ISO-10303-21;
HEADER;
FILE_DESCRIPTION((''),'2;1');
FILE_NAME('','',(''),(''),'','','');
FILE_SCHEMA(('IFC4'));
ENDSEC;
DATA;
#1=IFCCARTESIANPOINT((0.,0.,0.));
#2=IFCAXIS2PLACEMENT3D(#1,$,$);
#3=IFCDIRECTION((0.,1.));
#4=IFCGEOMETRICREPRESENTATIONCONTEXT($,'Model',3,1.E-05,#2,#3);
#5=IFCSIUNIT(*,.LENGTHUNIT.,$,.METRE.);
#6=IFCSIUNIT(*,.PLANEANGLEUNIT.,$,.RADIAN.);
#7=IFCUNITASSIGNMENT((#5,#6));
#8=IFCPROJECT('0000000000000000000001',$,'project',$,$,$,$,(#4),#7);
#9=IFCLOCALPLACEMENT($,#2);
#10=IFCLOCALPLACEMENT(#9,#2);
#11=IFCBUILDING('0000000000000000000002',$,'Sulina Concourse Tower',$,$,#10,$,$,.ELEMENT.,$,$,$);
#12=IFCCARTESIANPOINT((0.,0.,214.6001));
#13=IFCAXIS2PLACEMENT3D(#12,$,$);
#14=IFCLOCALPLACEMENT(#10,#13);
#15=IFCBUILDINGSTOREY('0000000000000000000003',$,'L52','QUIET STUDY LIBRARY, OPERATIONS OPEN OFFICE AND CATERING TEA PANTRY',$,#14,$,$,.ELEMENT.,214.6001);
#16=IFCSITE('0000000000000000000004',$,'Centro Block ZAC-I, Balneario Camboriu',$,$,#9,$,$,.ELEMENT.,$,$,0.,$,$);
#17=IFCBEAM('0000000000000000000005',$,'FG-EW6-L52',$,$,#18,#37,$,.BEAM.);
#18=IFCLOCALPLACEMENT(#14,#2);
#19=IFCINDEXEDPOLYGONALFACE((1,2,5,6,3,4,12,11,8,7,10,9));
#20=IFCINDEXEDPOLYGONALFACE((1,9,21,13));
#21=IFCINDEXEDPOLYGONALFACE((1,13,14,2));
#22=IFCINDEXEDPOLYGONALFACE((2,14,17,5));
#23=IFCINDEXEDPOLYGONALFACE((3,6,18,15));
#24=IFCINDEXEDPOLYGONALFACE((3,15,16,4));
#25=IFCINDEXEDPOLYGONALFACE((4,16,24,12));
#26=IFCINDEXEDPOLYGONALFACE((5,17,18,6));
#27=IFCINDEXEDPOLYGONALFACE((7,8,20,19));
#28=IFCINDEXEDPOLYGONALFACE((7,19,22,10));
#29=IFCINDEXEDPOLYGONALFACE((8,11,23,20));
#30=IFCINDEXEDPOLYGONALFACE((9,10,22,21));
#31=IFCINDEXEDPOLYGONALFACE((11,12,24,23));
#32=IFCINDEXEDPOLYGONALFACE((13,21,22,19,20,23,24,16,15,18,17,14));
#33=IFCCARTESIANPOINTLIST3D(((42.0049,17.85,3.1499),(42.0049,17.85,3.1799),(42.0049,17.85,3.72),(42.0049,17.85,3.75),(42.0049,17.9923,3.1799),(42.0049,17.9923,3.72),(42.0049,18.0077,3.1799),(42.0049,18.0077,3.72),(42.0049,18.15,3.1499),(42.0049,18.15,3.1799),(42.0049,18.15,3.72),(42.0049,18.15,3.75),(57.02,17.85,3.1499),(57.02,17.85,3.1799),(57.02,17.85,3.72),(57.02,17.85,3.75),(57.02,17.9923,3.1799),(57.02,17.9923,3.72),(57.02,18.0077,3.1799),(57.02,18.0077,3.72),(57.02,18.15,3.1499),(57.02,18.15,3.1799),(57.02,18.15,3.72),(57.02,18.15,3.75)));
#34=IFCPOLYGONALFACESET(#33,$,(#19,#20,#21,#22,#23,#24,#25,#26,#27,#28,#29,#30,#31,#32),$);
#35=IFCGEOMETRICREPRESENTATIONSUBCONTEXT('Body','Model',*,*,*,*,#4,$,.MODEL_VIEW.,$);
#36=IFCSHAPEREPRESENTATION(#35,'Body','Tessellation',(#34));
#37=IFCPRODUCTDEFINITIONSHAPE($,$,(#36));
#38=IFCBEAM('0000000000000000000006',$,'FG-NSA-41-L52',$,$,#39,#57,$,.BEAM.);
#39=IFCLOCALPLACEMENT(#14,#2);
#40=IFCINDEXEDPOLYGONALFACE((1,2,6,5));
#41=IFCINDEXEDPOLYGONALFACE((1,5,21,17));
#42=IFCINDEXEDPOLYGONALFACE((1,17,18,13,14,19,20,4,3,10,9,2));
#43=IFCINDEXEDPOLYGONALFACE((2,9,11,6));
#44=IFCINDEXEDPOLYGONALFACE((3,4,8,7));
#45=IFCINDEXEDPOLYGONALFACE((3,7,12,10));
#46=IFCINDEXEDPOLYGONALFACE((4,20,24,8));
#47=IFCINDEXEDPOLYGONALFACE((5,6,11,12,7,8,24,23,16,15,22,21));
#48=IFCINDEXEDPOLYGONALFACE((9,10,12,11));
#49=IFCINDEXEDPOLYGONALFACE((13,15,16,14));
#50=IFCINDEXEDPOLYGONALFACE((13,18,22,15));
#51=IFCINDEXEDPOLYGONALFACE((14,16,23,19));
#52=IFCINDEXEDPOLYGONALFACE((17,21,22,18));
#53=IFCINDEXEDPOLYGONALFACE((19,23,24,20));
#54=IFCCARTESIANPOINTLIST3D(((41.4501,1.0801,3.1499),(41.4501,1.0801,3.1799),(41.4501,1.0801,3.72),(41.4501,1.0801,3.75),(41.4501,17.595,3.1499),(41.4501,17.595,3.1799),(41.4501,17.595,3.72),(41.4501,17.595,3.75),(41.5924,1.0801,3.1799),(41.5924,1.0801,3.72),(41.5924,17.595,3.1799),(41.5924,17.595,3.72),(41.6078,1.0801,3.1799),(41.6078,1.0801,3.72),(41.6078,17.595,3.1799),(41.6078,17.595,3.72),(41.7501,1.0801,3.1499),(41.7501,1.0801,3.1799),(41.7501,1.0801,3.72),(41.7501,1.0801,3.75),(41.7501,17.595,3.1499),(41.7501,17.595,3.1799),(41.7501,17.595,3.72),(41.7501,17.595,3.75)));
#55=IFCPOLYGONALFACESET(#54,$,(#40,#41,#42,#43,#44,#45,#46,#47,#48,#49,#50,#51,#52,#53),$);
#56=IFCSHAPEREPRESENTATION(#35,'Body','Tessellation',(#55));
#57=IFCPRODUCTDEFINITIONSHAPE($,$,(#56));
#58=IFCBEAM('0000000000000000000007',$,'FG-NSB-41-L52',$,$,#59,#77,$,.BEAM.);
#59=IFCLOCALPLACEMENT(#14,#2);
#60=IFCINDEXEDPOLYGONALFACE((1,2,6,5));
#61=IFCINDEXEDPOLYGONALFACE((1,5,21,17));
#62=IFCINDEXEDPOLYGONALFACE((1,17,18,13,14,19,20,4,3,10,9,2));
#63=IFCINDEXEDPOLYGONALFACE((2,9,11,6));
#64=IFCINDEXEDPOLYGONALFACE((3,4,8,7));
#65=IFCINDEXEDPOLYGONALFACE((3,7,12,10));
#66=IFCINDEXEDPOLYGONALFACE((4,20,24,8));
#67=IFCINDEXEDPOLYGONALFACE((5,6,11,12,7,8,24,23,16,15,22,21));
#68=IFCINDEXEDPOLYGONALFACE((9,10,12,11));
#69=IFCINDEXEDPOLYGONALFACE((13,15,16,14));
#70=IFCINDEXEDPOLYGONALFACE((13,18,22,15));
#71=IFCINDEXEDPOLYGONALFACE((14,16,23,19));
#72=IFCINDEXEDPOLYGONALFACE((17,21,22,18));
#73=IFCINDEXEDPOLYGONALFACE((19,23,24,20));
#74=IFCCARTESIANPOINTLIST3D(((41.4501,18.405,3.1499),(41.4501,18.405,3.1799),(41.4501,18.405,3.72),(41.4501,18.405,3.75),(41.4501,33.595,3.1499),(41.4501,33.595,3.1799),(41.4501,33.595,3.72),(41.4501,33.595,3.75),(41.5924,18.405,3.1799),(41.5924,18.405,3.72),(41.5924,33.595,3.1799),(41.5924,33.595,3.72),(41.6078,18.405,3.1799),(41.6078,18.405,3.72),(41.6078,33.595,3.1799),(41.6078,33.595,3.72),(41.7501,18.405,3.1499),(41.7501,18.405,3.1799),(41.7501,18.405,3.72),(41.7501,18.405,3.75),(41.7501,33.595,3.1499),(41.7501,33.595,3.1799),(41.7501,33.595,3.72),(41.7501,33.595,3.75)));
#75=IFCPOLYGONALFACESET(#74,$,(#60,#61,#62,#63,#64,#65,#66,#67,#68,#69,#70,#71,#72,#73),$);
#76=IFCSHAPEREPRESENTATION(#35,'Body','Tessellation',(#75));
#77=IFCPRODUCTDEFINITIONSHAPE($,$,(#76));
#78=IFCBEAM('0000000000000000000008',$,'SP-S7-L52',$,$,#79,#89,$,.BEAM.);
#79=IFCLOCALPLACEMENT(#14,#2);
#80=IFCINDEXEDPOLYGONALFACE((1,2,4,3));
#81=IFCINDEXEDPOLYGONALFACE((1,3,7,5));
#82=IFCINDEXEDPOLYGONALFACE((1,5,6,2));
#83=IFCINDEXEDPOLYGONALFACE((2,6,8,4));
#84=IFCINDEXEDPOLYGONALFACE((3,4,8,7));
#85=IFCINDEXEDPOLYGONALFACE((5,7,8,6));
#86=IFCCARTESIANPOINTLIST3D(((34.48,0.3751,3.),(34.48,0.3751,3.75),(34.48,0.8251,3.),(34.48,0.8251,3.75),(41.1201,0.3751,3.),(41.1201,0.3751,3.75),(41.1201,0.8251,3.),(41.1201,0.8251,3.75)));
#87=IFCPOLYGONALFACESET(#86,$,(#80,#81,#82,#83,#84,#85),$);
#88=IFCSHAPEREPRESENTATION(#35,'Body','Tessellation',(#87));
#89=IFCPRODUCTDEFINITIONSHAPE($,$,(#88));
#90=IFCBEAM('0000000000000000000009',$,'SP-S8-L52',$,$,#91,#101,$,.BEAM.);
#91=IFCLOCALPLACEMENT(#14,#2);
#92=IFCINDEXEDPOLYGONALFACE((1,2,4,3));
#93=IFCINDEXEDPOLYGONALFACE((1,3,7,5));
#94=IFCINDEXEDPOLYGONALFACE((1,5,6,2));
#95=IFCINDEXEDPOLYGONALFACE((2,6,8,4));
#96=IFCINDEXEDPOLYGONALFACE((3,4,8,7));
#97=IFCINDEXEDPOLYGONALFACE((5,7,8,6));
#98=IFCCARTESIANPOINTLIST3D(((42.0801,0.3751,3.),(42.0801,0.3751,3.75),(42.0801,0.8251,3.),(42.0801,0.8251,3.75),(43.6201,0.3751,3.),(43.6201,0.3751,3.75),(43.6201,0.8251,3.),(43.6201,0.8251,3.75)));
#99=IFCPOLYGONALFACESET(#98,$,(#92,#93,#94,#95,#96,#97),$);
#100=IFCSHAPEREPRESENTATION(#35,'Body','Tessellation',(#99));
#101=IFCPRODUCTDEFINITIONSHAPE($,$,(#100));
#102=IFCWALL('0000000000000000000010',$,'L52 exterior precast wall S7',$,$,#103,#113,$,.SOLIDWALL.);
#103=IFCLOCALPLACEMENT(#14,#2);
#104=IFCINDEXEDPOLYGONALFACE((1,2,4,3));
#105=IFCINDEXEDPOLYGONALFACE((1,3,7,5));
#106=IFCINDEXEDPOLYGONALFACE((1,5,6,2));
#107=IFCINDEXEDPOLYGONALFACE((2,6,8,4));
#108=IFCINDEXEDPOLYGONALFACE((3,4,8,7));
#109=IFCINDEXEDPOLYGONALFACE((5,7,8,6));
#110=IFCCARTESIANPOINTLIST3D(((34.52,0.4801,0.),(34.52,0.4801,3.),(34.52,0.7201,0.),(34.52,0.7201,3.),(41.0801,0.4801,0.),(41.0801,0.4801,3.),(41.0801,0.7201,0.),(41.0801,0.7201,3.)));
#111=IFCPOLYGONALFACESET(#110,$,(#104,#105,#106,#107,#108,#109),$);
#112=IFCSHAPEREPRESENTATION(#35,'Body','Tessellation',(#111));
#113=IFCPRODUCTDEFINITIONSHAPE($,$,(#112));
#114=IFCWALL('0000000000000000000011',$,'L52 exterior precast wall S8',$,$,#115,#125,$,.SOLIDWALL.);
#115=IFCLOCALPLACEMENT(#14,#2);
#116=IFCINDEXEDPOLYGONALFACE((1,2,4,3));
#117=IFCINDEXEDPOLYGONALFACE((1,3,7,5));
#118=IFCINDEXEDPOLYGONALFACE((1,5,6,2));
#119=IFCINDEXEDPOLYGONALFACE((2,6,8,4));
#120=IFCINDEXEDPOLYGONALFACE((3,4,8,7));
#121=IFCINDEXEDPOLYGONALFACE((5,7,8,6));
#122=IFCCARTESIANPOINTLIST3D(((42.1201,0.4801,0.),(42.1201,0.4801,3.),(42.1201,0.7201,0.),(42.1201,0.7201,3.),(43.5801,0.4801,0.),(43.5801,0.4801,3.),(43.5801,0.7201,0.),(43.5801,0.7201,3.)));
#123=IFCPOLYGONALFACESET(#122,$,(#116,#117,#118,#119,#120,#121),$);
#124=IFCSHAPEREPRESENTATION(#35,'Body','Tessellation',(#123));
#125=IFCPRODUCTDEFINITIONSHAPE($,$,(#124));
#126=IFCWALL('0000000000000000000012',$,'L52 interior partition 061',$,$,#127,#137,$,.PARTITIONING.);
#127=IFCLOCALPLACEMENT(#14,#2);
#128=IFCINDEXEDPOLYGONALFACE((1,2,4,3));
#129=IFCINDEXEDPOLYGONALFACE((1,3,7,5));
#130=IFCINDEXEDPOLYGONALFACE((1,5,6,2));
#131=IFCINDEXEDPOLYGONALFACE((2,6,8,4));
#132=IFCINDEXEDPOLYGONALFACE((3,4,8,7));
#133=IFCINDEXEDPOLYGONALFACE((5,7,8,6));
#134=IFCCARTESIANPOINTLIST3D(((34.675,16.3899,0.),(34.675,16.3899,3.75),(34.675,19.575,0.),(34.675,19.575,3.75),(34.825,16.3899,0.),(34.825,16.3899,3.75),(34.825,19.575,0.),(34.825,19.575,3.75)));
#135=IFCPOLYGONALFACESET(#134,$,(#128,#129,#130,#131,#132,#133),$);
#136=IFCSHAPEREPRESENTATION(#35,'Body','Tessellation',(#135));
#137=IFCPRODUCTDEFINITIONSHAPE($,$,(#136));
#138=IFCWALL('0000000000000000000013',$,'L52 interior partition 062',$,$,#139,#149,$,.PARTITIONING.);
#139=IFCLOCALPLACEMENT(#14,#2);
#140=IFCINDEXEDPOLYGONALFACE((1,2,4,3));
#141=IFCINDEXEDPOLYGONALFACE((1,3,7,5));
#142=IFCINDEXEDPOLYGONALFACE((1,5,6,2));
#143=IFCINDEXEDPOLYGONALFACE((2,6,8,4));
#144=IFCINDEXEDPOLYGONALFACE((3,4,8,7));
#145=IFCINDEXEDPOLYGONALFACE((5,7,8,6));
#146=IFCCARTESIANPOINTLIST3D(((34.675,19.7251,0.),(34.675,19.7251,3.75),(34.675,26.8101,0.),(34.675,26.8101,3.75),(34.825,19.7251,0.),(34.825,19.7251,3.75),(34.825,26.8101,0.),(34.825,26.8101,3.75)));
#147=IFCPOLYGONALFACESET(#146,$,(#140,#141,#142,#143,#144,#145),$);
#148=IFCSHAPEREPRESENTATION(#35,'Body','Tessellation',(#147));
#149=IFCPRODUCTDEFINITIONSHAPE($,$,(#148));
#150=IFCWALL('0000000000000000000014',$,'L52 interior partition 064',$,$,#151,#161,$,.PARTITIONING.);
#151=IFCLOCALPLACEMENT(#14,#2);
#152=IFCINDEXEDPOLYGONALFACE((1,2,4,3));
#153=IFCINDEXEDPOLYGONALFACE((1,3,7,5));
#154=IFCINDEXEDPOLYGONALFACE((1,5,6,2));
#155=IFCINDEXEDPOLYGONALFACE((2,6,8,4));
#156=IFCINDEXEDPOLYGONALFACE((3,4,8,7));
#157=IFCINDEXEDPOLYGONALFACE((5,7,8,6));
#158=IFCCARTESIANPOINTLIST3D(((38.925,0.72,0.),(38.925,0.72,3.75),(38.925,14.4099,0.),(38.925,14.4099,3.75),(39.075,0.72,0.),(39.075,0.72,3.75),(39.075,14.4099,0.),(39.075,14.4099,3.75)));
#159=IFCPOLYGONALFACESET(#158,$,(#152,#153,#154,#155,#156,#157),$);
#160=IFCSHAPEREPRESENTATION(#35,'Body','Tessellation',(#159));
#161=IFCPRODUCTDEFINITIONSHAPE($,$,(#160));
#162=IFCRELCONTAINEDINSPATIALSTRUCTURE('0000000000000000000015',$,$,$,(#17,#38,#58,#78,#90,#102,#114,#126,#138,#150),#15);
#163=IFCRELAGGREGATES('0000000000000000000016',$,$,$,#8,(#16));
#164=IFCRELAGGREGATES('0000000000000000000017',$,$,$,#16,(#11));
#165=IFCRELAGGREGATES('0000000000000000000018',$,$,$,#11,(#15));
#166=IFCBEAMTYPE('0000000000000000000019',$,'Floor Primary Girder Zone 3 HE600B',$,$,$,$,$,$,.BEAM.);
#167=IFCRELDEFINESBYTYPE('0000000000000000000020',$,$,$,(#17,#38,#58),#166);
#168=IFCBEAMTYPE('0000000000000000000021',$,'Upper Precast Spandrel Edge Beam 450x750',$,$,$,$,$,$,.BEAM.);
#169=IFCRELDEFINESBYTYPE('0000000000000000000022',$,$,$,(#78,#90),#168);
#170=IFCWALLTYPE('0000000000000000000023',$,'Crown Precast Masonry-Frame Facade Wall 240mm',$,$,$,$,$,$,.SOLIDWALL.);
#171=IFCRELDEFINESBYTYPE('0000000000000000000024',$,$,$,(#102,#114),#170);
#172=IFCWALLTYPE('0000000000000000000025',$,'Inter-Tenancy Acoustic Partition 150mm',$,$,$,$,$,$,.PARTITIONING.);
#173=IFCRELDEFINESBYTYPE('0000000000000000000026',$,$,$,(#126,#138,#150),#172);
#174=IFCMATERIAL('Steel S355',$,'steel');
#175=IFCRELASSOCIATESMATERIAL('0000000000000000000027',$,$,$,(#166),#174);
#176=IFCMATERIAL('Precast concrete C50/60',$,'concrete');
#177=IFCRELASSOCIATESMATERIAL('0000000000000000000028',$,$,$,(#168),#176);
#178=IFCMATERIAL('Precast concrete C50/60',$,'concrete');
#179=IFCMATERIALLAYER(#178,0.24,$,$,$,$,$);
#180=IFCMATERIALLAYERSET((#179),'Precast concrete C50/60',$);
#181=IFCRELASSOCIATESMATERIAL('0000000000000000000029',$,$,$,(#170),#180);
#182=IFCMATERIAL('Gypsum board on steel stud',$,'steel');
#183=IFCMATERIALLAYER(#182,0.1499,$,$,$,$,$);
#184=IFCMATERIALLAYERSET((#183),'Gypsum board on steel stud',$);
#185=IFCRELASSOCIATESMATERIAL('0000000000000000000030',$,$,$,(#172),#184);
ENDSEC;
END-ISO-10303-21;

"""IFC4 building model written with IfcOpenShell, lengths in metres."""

from ifc_helpers import new_model, si_unit, direction, frame, frame_2d, origin, origin_2d, place, context, subcontext, project, spatial, rectangle, i_section, extrude, material, layer, layer_set, material_profile, profile_set, type_object, element, save


model = new_model("IFC4")

# Units and contexts
model_context = context("Model", 3, precision=1e-05, world=origin(), true_north=direction((0.0, 1.0)))
body_context = subcontext(model_context, "Body", "Model", "MODEL_VIEW")
ifc_project = project(units=[si_unit("LENGTHUNIT", "METRE"), si_unit("PLANEANGLEUNIT", "RADIAN")], contexts=[model_context])

# Site, building, storey
site_placement = place(None, origin())
site = spatial("IfcSite", under=ifc_project, at=site_placement, Name="Centro Block ZAC-I, Balneario Camboriu", CompositionType="ELEMENT", RefElevation=0.0)
building_placement = place(site_placement, origin())
building = spatial("IfcBuilding", under=site, at=building_placement, Name="Sulina Concourse Tower", CompositionType="ELEMENT")
storey_placement = place(building_placement, frame((0.0, 0.0, 214.6001)))
storey = spatial("IfcBuildingStorey", under=building, at=storey_placement, Name="L52", Description="QUIET STUDY LIBRARY, OPERATIONS OPEN OFFICE AND CATERING TEA PANTRY", CompositionType="ELEMENT", Elevation=214.6001)

# Beams
ifc_material_1 = material(Name="Steel S355", Category="steel")
ifc_material_profile_1 = material_profile(ifc_material_1, i_section(OverallWidth=0.3, OverallDepth=0.6001, WebThickness=0.0154, FlangeThickness=0.03, at=origin_2d()), Name="HE 600 B")
ifc_profile_set_1 = profile_set([ifc_material_profile_1], Name="Steel S355")
beam_type_1 = type_object("IfcBeamType", Name="Floor Primary Girder Zone 3 HE600B", PredefinedType="BEAM", material=ifc_profile_set_1)
beam_1_placement = place(storey_placement, frame((42.0049, 18.0, 3.45), z_axis=(1.0, 0.0, 0.0), x_axis=(0.0, 1.0, 0.0)))
element("IfcBeam", 1, at=beam_1_placement, inside=storey, type_object=beam_type_1, Name="FG-EW6-L52", PredefinedType="BEAM", context=body_context, shape_type="SweptSolid", body=[
    extrude(i_section(OverallWidth=0.3, OverallDepth=0.6001, WebThickness=0.0154, FlangeThickness=0.03, at=origin_2d()), origin(), (0.0, 0.0, 1.0), 15.0151),
])
beam_2_placement = place(storey_placement, frame((41.6001, 1.0801, 3.45), z_axis=(0.0, 1.0, 0.0), x_axis=(-1.0, 0.0, 0.0)))
element("IfcBeam", 2, at=beam_2_placement, inside=storey, type_object=beam_type_1, Name="FG-NSA-41-L52", PredefinedType="BEAM", context=body_context, shape_type="SweptSolid", body=[
    extrude(i_section(OverallWidth=0.3, OverallDepth=0.6001, WebThickness=0.0154, FlangeThickness=0.03, at=origin_2d()), origin(), (0.0, 0.0, 1.0), 16.5149),
])
beam_3_placement = place(storey_placement, frame((41.6001, 18.405, 3.45), z_axis=(0.0, 1.0, 0.0), x_axis=(-1.0, 0.0, 0.0)))
element("IfcBeam", 3, at=beam_3_placement, inside=storey, type_object=beam_type_1, Name="FG-NSB-41-L52", PredefinedType="BEAM", context=body_context, shape_type="SweptSolid", body=[
    extrude(i_section(OverallWidth=0.3, OverallDepth=0.6001, WebThickness=0.0154, FlangeThickness=0.03, at=origin_2d()), origin(), (0.0, 0.0, 1.0), 15.1899),
])
ifc_material_2 = material(Name="Precast concrete C50/60", Category="concrete")
ifc_material_profile_2 = material_profile(ifc_material_2, rectangle(XDim=0.45, YDim=0.75, at=origin_2d()), Name="RC 450x750")
ifc_profile_set_2 = profile_set([ifc_material_profile_2], Name="Precast concrete C50/60")
beam_type_2 = type_object("IfcBeamType", Name="Upper Precast Spandrel Edge Beam 450x750", PredefinedType="BEAM", material=ifc_profile_set_2)
beam_4_placement = place(storey_placement, frame((34.48, 0.6001, 3.375), z_axis=(1.0, 0.0, 0.0), x_axis=(0.0, 1.0, 0.0)))
element("IfcBeam", 4, at=beam_4_placement, inside=storey, type_object=beam_type_2, Name="SP-S7-L52", PredefinedType="BEAM", context=body_context, shape_type="SweptSolid", body=[
    extrude(rectangle(XDim=0.45, YDim=0.75, at=origin_2d()), origin(), (0.0, 0.0, 1.0), 6.6401),
])
beam_5_placement = place(storey_placement, frame((42.0801, 0.6001, 3.375), z_axis=(1.0, 0.0, 0.0), x_axis=(0.0, 1.0, 0.0)))
element("IfcBeam", 5, at=beam_5_placement, inside=storey, type_object=beam_type_2, Name="SP-S8-L52", PredefinedType="BEAM", context=body_context, shape_type="SweptSolid", body=[
    extrude(rectangle(XDim=0.45, YDim=0.75, at=origin_2d()), origin(), (0.0, 0.0, 1.0), 1.54),
])

# Walls
ifc_material_3 = material(Name="Precast concrete C50/60", Category="concrete")
ifc_layer_1 = layer(ifc_material_3, 0.24)
ifc_layer_set_1 = layer_set([ifc_layer_1], Name="Precast concrete C50/60")
wall_type_1 = type_object("IfcWallType", Name="Crown Precast Masonry-Frame Facade Wall 240mm", PredefinedType="SOLIDWALL", material=ifc_layer_set_1)
wall_1_placement = place(storey_placement, frame((41.0801, 0.6001, 0.0), z_axis=(0.0, 0.0, 1.0), x_axis=(-1.0, 0.0, 0.0)))
element("IfcWall", 6, at=wall_1_placement, inside=storey, type_object=wall_type_1, Name="L52 exterior precast wall S7", PredefinedType="SOLIDWALL", context=body_context, shape_type="SweptSolid", body=[
    extrude(rectangle(XDim=6.5601, YDim=0.24, at=frame_2d((3.28, 0.0))), origin(), (0.0, 0.0, 1.0), 3.0),
])
wall_2_placement = place(storey_placement, frame((43.5801, 0.6001, 0.0), z_axis=(0.0, 0.0, 1.0), x_axis=(-1.0, 0.0, 0.0)))
element("IfcWall", 7, at=wall_2_placement, inside=storey, type_object=wall_type_1, Name="L52 exterior precast wall S8", PredefinedType="SOLIDWALL", context=body_context, shape_type="SweptSolid", body=[
    extrude(rectangle(XDim=1.46, YDim=0.24, at=frame_2d((0.73, 0.0))), origin(), (0.0, 0.0, 1.0), 3.0),
])
ifc_material_4 = material(Name="Gypsum board on steel stud", Category="steel")
ifc_layer_2 = layer(ifc_material_4, 0.1499)
ifc_layer_set_2 = layer_set([ifc_layer_2], Name="Gypsum board on steel stud")
wall_type_2 = type_object("IfcWallType", Name="Inter-Tenancy Acoustic Partition 150mm", PredefinedType="PARTITIONING", material=ifc_layer_set_2)
wall_3_placement = place(storey_placement, frame((34.75, 16.3899, 0.0), z_axis=(0.0, 0.0, 1.0), x_axis=(0.0, 1.0, 0.0)))
element("IfcWall", 8, at=wall_3_placement, inside=storey, type_object=wall_type_2, Name="L52 interior partition 061", PredefinedType="PARTITIONING", context=body_context, shape_type="SweptSolid", body=[
    extrude(rectangle(XDim=3.1851, YDim=0.1499, at=frame_2d((1.5925, 0.0))), origin(), (0.0, 0.0, 1.0), 3.75),
])
wall_4_placement = place(storey_placement, frame((34.75, 19.7251, 0.0), z_axis=(0.0, 0.0, 1.0), x_axis=(0.0, 1.0, 0.0)))
element("IfcWall", 9, at=wall_4_placement, inside=storey, type_object=wall_type_2, Name="L52 interior partition 062", PredefinedType="PARTITIONING", context=body_context, shape_type="SweptSolid", body=[
    extrude(rectangle(XDim=7.085, YDim=0.1499, at=frame_2d((3.5425, 0.0))), origin(), (0.0, 0.0, 1.0), 3.75),
])
wall_5_placement = place(storey_placement, frame((39.0, 0.72, 0.0), z_axis=(0.0, 0.0, 1.0), x_axis=(0.0, 1.0, 0.0)))
element("IfcWall", 10, at=wall_5_placement, inside=storey, type_object=wall_type_2, Name="L52 interior partition 064", PredefinedType="PARTITIONING", context=body_context, shape_type="SweptSolid", body=[
    extrude(rectangle(XDim=13.6899, YDim=0.1499, at=frame_2d((6.845, 0.0))), origin(), (0.0, 0.0, 1.0), 3.75),
])

save(model, "model.ifc")
